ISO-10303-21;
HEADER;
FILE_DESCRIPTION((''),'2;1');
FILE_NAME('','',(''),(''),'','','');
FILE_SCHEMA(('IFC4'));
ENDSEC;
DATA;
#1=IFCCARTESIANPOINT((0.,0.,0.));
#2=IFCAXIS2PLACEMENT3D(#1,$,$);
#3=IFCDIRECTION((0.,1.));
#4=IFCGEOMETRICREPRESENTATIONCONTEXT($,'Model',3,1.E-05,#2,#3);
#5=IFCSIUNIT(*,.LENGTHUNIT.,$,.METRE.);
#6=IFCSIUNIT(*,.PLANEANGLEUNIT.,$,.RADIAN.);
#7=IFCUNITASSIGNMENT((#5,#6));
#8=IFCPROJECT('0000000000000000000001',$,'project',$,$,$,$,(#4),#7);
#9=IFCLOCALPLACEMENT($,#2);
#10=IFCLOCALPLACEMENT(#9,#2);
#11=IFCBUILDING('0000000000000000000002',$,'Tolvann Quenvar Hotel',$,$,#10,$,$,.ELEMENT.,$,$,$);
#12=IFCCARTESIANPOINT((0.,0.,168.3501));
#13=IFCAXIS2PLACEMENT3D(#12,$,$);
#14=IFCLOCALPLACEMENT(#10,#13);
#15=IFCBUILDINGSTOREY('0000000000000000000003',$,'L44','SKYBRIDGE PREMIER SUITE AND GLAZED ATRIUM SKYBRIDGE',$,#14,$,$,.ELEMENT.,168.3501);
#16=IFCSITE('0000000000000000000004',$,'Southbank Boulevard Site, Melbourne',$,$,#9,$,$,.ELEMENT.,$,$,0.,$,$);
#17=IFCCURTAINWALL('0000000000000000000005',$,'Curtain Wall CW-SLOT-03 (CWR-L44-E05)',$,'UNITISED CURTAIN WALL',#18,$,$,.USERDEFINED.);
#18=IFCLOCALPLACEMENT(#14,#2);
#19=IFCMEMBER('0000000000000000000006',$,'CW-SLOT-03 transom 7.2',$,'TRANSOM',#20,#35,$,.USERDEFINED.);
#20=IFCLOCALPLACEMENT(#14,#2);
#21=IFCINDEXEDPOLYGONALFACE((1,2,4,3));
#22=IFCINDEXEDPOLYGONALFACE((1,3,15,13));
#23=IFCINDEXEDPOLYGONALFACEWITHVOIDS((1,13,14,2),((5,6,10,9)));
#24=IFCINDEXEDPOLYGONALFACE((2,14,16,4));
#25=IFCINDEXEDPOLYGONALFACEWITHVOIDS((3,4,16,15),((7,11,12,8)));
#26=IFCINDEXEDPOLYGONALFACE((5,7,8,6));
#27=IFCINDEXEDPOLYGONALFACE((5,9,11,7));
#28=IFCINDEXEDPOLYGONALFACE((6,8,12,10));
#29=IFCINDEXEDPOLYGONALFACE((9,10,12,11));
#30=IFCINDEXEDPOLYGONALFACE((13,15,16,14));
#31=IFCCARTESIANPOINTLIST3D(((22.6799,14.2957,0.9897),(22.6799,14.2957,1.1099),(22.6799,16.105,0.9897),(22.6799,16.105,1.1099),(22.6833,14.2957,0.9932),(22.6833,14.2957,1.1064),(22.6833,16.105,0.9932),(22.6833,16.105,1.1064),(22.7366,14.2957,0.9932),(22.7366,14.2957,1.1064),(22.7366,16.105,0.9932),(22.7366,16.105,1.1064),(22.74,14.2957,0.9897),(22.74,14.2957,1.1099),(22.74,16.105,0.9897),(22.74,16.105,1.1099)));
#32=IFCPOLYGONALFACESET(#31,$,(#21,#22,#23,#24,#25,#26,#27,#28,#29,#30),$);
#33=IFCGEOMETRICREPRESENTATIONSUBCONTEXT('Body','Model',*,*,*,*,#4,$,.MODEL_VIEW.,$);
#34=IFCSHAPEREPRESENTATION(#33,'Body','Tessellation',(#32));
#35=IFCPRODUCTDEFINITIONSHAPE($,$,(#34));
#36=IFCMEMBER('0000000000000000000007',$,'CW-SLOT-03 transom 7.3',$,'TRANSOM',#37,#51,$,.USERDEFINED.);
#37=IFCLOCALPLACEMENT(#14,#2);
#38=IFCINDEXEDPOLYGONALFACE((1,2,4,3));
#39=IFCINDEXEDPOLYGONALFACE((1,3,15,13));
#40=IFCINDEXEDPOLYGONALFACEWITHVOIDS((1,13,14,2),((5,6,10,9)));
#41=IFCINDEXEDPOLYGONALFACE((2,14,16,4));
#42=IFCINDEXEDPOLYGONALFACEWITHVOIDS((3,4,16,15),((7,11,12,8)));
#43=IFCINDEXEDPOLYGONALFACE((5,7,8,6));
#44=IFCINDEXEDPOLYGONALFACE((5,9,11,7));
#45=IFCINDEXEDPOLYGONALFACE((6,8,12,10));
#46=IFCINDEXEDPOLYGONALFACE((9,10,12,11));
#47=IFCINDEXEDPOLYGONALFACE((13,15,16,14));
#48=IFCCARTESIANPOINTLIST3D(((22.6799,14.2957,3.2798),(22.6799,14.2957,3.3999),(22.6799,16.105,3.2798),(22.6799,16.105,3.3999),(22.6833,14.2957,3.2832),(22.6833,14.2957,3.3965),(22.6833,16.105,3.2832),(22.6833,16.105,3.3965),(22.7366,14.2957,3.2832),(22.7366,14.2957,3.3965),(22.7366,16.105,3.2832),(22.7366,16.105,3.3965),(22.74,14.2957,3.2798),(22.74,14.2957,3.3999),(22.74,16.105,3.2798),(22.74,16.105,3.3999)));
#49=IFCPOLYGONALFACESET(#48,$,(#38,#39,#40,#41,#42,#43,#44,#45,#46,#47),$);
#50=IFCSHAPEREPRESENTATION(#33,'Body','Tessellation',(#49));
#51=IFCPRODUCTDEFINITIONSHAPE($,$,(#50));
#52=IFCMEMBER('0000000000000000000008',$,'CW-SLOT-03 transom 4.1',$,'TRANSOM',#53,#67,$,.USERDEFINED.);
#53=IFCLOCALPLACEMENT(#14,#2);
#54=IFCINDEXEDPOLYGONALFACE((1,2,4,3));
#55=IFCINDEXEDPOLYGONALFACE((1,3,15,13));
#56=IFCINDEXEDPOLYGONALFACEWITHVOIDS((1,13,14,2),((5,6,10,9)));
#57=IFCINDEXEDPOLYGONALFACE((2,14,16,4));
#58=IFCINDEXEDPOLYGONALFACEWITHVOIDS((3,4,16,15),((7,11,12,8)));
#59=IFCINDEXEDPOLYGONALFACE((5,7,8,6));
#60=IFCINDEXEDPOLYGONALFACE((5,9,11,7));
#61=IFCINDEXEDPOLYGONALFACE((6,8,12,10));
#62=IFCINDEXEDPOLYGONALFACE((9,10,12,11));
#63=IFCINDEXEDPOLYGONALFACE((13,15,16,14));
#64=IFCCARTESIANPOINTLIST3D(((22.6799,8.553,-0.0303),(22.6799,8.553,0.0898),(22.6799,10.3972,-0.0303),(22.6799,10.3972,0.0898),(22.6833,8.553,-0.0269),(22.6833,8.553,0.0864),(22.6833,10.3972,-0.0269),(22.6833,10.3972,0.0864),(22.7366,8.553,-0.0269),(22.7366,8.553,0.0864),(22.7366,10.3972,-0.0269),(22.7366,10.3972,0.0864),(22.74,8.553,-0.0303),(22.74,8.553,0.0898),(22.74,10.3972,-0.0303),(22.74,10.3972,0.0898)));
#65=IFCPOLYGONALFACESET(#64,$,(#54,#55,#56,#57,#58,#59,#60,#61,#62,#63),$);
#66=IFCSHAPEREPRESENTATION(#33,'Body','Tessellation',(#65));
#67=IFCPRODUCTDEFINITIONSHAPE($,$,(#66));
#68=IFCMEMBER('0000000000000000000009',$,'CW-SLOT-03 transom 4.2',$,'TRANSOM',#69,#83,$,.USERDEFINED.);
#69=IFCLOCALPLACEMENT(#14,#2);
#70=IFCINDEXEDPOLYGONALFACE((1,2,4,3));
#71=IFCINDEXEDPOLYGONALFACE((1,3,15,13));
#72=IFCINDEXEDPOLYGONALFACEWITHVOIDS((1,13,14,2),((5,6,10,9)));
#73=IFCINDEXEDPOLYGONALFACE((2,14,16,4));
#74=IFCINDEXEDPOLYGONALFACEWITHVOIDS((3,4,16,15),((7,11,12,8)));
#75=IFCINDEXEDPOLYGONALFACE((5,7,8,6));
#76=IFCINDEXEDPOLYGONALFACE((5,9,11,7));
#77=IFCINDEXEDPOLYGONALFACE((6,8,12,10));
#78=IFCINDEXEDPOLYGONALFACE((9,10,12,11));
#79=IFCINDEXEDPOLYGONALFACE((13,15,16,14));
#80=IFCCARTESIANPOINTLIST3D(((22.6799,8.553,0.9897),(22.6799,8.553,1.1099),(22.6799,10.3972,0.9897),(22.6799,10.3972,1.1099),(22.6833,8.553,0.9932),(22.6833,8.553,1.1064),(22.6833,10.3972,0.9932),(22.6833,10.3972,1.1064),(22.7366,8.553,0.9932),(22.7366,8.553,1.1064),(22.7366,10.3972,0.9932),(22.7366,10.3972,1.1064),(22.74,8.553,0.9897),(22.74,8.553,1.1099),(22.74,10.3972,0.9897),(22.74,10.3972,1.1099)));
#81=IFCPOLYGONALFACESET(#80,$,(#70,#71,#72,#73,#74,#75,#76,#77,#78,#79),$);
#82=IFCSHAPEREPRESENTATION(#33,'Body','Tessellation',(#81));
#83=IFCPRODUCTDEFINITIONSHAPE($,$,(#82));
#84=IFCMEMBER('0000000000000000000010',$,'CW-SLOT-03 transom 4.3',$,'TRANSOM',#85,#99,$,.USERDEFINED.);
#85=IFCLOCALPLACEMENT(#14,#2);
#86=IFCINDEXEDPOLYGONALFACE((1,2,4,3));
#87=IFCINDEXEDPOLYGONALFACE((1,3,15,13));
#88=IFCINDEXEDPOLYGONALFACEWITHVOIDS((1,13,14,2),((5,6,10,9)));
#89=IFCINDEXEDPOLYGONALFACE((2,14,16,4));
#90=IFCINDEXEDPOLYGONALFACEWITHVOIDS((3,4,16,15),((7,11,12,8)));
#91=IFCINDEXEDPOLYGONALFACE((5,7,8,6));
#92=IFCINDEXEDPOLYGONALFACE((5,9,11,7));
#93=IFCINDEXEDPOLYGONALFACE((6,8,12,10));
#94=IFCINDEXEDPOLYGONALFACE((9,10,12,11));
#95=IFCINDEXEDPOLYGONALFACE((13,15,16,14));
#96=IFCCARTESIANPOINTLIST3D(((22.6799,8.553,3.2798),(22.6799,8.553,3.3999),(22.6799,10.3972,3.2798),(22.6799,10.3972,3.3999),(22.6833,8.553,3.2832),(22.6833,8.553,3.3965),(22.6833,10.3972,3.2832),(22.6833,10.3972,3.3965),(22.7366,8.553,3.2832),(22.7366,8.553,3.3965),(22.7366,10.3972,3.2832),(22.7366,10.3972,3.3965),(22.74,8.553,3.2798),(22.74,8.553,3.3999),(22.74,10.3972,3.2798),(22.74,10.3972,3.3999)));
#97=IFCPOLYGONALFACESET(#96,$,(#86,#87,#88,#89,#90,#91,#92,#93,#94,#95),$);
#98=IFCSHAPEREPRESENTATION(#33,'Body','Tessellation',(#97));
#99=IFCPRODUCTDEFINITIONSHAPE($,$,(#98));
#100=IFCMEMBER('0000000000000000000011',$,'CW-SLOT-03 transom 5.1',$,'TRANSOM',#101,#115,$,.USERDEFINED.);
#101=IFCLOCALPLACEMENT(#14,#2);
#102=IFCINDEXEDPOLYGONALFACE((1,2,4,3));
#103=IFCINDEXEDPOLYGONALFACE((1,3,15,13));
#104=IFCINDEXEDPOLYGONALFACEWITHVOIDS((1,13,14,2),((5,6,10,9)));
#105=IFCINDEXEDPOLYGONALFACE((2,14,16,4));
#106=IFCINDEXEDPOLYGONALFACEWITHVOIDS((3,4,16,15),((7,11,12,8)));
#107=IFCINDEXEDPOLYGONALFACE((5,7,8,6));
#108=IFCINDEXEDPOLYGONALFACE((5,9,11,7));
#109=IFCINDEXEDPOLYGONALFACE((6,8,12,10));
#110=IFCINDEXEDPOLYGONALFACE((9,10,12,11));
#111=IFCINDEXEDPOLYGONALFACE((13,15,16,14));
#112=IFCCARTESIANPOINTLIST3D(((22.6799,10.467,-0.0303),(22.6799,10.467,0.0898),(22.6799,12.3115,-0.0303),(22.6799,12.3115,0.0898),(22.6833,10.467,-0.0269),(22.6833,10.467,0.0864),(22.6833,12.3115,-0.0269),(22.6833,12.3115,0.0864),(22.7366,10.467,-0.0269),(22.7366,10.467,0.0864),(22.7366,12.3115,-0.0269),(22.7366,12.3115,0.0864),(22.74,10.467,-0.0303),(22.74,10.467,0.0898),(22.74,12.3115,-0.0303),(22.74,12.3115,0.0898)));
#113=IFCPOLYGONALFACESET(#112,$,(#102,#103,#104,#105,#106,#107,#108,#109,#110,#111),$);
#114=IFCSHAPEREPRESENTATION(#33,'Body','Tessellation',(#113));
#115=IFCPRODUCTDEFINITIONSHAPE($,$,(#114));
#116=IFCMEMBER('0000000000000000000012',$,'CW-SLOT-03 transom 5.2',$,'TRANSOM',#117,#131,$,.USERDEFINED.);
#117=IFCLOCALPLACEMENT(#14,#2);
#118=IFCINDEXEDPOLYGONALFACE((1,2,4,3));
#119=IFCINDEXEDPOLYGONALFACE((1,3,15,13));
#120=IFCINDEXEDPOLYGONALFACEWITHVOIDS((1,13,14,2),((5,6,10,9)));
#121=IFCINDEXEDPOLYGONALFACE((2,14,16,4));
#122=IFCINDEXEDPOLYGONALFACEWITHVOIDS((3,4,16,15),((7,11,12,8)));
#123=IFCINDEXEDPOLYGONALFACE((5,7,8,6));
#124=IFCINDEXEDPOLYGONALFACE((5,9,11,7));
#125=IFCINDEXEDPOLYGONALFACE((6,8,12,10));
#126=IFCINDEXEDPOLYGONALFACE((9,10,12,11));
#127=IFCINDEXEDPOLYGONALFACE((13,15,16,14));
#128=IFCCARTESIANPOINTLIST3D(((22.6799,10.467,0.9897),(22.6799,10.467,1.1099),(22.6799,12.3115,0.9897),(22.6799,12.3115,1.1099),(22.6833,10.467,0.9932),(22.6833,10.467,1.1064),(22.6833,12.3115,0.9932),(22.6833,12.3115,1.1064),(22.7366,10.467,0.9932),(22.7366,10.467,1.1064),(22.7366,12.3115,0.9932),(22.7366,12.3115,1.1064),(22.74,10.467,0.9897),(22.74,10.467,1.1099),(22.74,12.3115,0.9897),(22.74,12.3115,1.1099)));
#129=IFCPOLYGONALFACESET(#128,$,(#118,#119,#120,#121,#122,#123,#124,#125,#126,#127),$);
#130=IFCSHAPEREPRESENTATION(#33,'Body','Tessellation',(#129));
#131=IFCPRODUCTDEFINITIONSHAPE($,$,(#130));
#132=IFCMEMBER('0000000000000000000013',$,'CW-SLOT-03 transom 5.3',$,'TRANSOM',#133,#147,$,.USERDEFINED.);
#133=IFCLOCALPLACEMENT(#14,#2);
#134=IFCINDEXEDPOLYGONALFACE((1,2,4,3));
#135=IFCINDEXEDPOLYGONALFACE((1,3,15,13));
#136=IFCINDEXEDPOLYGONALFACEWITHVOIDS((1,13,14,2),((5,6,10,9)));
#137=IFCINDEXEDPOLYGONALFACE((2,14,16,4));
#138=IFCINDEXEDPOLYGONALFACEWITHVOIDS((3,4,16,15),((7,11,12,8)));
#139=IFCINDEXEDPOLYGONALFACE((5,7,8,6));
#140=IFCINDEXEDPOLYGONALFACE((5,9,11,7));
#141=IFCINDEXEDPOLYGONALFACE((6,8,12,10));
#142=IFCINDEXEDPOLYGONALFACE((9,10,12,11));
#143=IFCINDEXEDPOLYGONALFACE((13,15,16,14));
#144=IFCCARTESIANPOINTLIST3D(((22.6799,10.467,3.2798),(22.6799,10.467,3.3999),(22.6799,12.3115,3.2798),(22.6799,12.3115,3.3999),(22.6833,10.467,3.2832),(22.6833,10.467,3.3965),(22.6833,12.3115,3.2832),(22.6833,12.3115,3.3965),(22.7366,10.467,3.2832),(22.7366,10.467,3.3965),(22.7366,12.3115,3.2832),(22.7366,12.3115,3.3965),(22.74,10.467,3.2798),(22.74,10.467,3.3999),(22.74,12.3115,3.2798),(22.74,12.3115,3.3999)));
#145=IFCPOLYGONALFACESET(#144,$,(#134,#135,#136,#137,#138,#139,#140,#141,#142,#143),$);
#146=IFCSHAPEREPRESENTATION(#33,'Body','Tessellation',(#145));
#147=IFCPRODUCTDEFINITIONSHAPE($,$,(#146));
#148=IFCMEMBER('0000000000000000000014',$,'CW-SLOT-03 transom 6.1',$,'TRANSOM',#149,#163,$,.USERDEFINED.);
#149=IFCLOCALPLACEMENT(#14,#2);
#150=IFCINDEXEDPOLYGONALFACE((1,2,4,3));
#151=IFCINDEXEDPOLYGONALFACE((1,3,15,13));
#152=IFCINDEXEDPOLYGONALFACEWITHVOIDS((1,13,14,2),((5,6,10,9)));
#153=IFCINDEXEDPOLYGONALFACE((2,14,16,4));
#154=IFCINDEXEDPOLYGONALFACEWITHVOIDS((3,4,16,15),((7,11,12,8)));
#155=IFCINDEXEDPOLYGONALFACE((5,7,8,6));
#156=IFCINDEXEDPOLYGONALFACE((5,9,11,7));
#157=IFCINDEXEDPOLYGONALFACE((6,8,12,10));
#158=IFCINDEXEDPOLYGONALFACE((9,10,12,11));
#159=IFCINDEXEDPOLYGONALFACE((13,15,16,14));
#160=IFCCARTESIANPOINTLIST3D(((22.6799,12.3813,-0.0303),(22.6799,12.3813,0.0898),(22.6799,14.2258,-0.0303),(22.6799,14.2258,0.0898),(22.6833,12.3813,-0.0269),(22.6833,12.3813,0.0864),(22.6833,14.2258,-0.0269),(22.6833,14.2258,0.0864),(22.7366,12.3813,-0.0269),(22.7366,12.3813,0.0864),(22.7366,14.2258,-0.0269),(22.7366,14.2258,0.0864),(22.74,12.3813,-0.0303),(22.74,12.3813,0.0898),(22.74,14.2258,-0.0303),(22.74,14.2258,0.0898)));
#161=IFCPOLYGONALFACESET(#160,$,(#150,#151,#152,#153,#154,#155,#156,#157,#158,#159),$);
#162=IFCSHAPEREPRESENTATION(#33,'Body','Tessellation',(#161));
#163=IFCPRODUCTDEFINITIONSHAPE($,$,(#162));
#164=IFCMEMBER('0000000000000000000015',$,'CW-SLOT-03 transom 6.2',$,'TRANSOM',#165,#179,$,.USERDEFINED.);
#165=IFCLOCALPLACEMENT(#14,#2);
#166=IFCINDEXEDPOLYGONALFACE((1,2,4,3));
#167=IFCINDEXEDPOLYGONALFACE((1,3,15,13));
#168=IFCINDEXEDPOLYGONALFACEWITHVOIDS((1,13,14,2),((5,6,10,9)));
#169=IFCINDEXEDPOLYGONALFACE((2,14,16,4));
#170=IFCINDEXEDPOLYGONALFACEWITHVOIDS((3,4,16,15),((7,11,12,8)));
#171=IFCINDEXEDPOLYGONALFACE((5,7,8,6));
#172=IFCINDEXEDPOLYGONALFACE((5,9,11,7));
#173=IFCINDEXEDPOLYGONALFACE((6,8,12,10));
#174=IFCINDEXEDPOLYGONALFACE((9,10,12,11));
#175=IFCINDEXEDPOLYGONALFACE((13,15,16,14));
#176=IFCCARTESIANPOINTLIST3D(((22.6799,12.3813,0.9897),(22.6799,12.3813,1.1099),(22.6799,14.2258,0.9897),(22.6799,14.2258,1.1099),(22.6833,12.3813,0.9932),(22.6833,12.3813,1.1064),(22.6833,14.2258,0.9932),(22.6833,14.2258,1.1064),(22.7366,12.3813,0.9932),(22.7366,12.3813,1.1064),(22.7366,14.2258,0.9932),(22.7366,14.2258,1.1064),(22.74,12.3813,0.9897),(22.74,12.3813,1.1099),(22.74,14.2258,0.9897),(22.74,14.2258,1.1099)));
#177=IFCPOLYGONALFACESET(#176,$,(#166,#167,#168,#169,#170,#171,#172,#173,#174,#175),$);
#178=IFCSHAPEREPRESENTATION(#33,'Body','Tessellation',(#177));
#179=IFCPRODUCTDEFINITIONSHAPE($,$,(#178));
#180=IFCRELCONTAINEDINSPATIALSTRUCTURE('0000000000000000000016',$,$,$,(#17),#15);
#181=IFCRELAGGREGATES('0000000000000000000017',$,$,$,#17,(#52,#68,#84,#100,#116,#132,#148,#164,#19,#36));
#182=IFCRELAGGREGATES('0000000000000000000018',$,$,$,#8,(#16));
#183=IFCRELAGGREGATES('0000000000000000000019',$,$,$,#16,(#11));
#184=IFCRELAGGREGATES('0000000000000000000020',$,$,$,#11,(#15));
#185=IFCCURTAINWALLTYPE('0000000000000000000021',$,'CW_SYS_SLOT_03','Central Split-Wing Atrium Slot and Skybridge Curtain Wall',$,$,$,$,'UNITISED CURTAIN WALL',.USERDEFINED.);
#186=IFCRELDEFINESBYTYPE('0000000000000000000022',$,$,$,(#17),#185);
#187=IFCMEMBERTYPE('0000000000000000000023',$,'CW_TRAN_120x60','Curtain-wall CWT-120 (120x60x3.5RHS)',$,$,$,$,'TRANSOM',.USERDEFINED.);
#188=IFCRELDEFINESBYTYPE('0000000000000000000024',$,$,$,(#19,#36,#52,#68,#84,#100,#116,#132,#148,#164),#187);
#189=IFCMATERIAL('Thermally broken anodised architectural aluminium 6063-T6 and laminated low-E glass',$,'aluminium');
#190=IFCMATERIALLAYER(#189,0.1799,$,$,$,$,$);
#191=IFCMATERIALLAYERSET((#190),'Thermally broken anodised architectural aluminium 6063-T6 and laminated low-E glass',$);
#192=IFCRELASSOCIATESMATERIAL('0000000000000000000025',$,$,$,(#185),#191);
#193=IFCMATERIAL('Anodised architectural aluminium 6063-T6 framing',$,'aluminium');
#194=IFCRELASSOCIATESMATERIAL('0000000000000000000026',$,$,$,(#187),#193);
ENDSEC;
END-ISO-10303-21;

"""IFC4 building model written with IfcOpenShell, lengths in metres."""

from ifc_helpers import new_model, si_unit, direction, frame, origin, origin_2d, place, context, subcontext, project, spatial, hollow_rectangle, extrude, source, transform, mapped, material, layer, layer_set, material_profile, profile_set, type_object, element, aggregate, save


model = new_model("IFC4")

# Units and contexts
model_context = context("Model", 3, precision=1e-05, world=origin(), true_north=direction((0.0, 1.0)))
body_context = subcontext(model_context, "Body", "Model", "MODEL_VIEW")
ifc_project = project(units=[si_unit("LENGTHUNIT", "METRE"), si_unit("PLANEANGLEUNIT", "RADIAN")], contexts=[model_context])

# Site, building, storey
site_placement = place(None, origin())
site = spatial("IfcSite", under=ifc_project, at=site_placement, Name="Southbank Boulevard Site, Melbourne", CompositionType="ELEMENT", RefElevation=0.0)
building_placement = place(site_placement, origin())
building = spatial("IfcBuilding", under=site, at=building_placement, Name="Tolvann Quenvar Hotel", CompositionType="ELEMENT")
storey_placement = place(building_placement, frame((0.0, 0.0, 168.3501)))
storey = spatial("IfcBuildingStorey", under=building, at=storey_placement, Name="L44", Description="SKYBRIDGE PREMIER SUITE AND GLAZED ATRIUM SKYBRIDGE", CompositionType="ELEMENT", Elevation=168.3501)

# Curtain wall
ifc_material_1 = material(Name="Thermally broken anodised architectural aluminium 6063-T6 and laminated low-E glass", Category="aluminium")
ifc_layer_1 = layer(ifc_material_1, 0.1799)
ifc_layer_set_1 = layer_set([ifc_layer_1], Name="Thermally broken anodised architectural aluminium 6063-T6 and laminated low-E glass")
curtain_wall_type = type_object("IfcCurtainWallType", Name="CW_SYS_SLOT_03", Description="Central Split-Wing Atrium Slot and Skybridge Curtain Wall", ElementType="UNITISED CURTAIN WALL", PredefinedType="USERDEFINED", material=ifc_layer_set_1)
curtain_wall_1_placement = place(storey_placement, origin())
curtain_wall_1 = element("IfcCurtainWall", 1, at=curtain_wall_1_placement, inside=storey, type_object=curtain_wall_type, Name="Curtain Wall CW-SLOT-03 (CWR-L44-E05)", ObjectType="UNITISED CURTAIN WALL", PredefinedType="USERDEFINED")
ifc_material_2 = material(Name="Anodised architectural aluminium 6063-T6 framing", Category="aluminium")

# Members
ifc_material_profile_1 = material_profile(ifc_material_2, hollow_rectangle(XDim=0.0601, YDim=0.1201, WallThickness=0.0034, at=origin_2d()), Name="120x60x3.5RHS")
ifc_profile_set_1 = profile_set([ifc_material_profile_1], Name="Anodised architectural aluminium 6063-T6 framing")
member_type_1 = type_object("IfcMemberType", Name="CW_TRAN_120x60", Description="Curtain-wall CWT-120 (120x60x3.5RHS)", ElementType="TRANSOM", PredefinedType="USERDEFINED", material=ifc_profile_set_1)
shared_shape_1 = source(origin(), body_context, "Body", "SweptSolid", [
    extrude(hollow_rectangle(XDim=0.0601, YDim=0.1201, WallThickness=0.0034, at=origin_2d()), origin(), (0.0, 0.0, 1.0), 1.8093),
])
member_1_placement = place(storey_placement, frame((22.71, 14.2957, 1.0498), z_axis=(0.0, 1.0, 0.0), x_axis=(-1.0, 0.0, 0.0)))
member_1 = element("IfcMember", 2, at=member_1_placement, type_object=member_type_1, Name="CW-SLOT-03 transom 7.2", ObjectType="TRANSOM", PredefinedType="USERDEFINED", context=body_context, shape_type="MappedRepresentation", body=[
    mapped(shared_shape_1, transform((0.0, 0.0, 0.0), x_axis=(1.0, 0.0, 0.0), y_axis=(0.0, 1.0, 0.0), z_axis=(0.0, 0.0, 1.0), scale=1.0)),
])
member_2_placement = place(storey_placement, frame((22.71, 14.2957, 3.3398), z_axis=(0.0, 1.0, 0.0), x_axis=(-1.0, 0.0, 0.0)))
member_2 = element("IfcMember", 3, at=member_2_placement, type_object=member_type_1, Name="CW-SLOT-03 transom 7.3", ObjectType="TRANSOM", PredefinedType="USERDEFINED", context=body_context, shape_type="MappedRepresentation", body=[
    mapped(shared_shape_1, transform((0.0, 0.0, 0.0), x_axis=(1.0, 0.0, 0.0), y_axis=(0.0, 1.0, 0.0), z_axis=(0.0, 0.0, 1.0), scale=1.0)),
])
shared_shape_2 = source(origin(), body_context, "Body", "SweptSolid", [
    extrude(hollow_rectangle(XDim=0.0601, YDim=0.1201, WallThickness=0.0034, at=origin_2d()), origin(), (0.0, 0.0, 1.0), 1.8442),
])
member_3_placement = place(storey_placement, frame((22.71, 8.553, 0.0298), z_axis=(0.0, 1.0, 0.0), x_axis=(-1.0, 0.0, 0.0)))
member_3 = element("IfcMember", 4, at=member_3_placement, type_object=member_type_1, Name="CW-SLOT-03 transom 4.1", ObjectType="TRANSOM", PredefinedType="USERDEFINED", context=body_context, shape_type="MappedRepresentation", body=[
    mapped(shared_shape_2, transform((0.0, 0.0, 0.0), x_axis=(1.0, 0.0, 0.0), y_axis=(0.0, 1.0, 0.0), z_axis=(0.0, 0.0, 1.0), scale=1.0)),
])
member_4_placement = place(storey_placement, frame((22.71, 8.553, 1.0498), z_axis=(0.0, 1.0, 0.0), x_axis=(-1.0, 0.0, 0.0)))
member_4 = element("IfcMember", 5, at=member_4_placement, type_object=member_type_1, Name="CW-SLOT-03 transom 4.2", ObjectType="TRANSOM", PredefinedType="USERDEFINED", context=body_context, shape_type="MappedRepresentation", body=[
    mapped(shared_shape_2, transform((0.0, 0.0, 0.0), x_axis=(1.0, 0.0, 0.0), y_axis=(0.0, 1.0, 0.0), z_axis=(0.0, 0.0, 1.0), scale=1.0)),
])
member_5_placement = place(storey_placement, frame((22.71, 8.553, 3.3398), z_axis=(0.0, 1.0, 0.0), x_axis=(-1.0, 0.0, 0.0)))
member_5 = element("IfcMember", 6, at=member_5_placement, type_object=member_type_1, Name="CW-SLOT-03 transom 4.3", ObjectType="TRANSOM", PredefinedType="USERDEFINED", context=body_context, shape_type="MappedRepresentation", body=[
    mapped(shared_shape_2, transform((0.0, 0.0, 0.0), x_axis=(1.0, 0.0, 0.0), y_axis=(0.0, 1.0, 0.0), z_axis=(0.0, 0.0, 1.0), scale=1.0)),
])
shared_shape_3 = source(origin(), body_context, "Body", "SweptSolid", [
    extrude(hollow_rectangle(XDim=0.0601, YDim=0.1201, WallThickness=0.0034, at=origin_2d()), origin(), (0.0, 0.0, 1.0), 1.8445),
])
member_6_placement = place(storey_placement, frame((22.71, 10.467, 0.0298), z_axis=(0.0, 1.0, 0.0), x_axis=(-1.0, 0.0, 0.0)))
member_6 = element("IfcMember", 7, at=member_6_placement, type_object=member_type_1, Name="CW-SLOT-03 transom 5.1", ObjectType="TRANSOM", PredefinedType="USERDEFINED", context=body_context, shape_type="MappedRepresentation", body=[
    mapped(shared_shape_3, transform((0.0, 0.0, 0.0), x_axis=(1.0, 0.0, 0.0), y_axis=(0.0, 1.0, 0.0), z_axis=(0.0, 0.0, 1.0), scale=1.0)),
])
member_7_placement = place(storey_placement, frame((22.71, 10.467, 1.0498), z_axis=(0.0, 1.0, 0.0), x_axis=(-1.0, 0.0, 0.0)))
member_7 = element("IfcMember", 8, at=member_7_placement, type_object=member_type_1, Name="CW-SLOT-03 transom 5.2", ObjectType="TRANSOM", PredefinedType="USERDEFINED", context=body_context, shape_type="MappedRepresentation", body=[
    mapped(shared_shape_3, transform((0.0, 0.0, 0.0), x_axis=(1.0, 0.0, 0.0), y_axis=(0.0, 1.0, 0.0), z_axis=(0.0, 0.0, 1.0), scale=1.0)),
])
member_8_placement = place(storey_placement, frame((22.71, 10.467, 3.3398), z_axis=(0.0, 1.0, 0.0), x_axis=(-1.0, 0.0, 0.0)))
member_8 = element("IfcMember", 9, at=member_8_placement, type_object=member_type_1, Name="CW-SLOT-03 transom 5.3", ObjectType="TRANSOM", PredefinedType="USERDEFINED", context=body_context, shape_type="MappedRepresentation", body=[
    mapped(shared_shape_3, transform((0.0, 0.0, 0.0), x_axis=(1.0, 0.0, 0.0), y_axis=(0.0, 1.0, 0.0), z_axis=(0.0, 0.0, 1.0), scale=1.0)),
])
member_9_placement = place(storey_placement, frame((22.71, 12.3813, 0.0298), z_axis=(0.0, 1.0, 0.0), x_axis=(-1.0, 0.0, 0.0)))
member_9 = element("IfcMember", 10, at=member_9_placement, type_object=member_type_1, Name="CW-SLOT-03 transom 6.1", ObjectType="TRANSOM", PredefinedType="USERDEFINED", context=body_context, shape_type="MappedRepresentation", body=[
    mapped(shared_shape_3, transform((0.0, 0.0, 0.0), x_axis=(1.0, 0.0, 0.0), y_axis=(0.0, 1.0, 0.0), z_axis=(0.0, 0.0, 1.0), scale=1.0)),
])
member_10_placement = place(storey_placement, frame((22.71, 12.3813, 1.0498), z_axis=(0.0, 1.0, 0.0), x_axis=(-1.0, 0.0, 0.0)))
member_10 = element("IfcMember", 11, at=member_10_placement, type_object=member_type_1, Name="CW-SLOT-03 transom 6.2", ObjectType="TRANSOM", PredefinedType="USERDEFINED", context=body_context, shape_type="MappedRepresentation", body=[
    mapped(shared_shape_3, transform((0.0, 0.0, 0.0), x_axis=(1.0, 0.0, 0.0), y_axis=(0.0, 1.0, 0.0), z_axis=(0.0, 0.0, 1.0), scale=1.0)),
])

aggregate(curtain_wall_1, [member_3, member_4, member_5, member_6, member_7, member_8, member_9, member_10, member_1, member_2])

save(model, "model.ifc")
